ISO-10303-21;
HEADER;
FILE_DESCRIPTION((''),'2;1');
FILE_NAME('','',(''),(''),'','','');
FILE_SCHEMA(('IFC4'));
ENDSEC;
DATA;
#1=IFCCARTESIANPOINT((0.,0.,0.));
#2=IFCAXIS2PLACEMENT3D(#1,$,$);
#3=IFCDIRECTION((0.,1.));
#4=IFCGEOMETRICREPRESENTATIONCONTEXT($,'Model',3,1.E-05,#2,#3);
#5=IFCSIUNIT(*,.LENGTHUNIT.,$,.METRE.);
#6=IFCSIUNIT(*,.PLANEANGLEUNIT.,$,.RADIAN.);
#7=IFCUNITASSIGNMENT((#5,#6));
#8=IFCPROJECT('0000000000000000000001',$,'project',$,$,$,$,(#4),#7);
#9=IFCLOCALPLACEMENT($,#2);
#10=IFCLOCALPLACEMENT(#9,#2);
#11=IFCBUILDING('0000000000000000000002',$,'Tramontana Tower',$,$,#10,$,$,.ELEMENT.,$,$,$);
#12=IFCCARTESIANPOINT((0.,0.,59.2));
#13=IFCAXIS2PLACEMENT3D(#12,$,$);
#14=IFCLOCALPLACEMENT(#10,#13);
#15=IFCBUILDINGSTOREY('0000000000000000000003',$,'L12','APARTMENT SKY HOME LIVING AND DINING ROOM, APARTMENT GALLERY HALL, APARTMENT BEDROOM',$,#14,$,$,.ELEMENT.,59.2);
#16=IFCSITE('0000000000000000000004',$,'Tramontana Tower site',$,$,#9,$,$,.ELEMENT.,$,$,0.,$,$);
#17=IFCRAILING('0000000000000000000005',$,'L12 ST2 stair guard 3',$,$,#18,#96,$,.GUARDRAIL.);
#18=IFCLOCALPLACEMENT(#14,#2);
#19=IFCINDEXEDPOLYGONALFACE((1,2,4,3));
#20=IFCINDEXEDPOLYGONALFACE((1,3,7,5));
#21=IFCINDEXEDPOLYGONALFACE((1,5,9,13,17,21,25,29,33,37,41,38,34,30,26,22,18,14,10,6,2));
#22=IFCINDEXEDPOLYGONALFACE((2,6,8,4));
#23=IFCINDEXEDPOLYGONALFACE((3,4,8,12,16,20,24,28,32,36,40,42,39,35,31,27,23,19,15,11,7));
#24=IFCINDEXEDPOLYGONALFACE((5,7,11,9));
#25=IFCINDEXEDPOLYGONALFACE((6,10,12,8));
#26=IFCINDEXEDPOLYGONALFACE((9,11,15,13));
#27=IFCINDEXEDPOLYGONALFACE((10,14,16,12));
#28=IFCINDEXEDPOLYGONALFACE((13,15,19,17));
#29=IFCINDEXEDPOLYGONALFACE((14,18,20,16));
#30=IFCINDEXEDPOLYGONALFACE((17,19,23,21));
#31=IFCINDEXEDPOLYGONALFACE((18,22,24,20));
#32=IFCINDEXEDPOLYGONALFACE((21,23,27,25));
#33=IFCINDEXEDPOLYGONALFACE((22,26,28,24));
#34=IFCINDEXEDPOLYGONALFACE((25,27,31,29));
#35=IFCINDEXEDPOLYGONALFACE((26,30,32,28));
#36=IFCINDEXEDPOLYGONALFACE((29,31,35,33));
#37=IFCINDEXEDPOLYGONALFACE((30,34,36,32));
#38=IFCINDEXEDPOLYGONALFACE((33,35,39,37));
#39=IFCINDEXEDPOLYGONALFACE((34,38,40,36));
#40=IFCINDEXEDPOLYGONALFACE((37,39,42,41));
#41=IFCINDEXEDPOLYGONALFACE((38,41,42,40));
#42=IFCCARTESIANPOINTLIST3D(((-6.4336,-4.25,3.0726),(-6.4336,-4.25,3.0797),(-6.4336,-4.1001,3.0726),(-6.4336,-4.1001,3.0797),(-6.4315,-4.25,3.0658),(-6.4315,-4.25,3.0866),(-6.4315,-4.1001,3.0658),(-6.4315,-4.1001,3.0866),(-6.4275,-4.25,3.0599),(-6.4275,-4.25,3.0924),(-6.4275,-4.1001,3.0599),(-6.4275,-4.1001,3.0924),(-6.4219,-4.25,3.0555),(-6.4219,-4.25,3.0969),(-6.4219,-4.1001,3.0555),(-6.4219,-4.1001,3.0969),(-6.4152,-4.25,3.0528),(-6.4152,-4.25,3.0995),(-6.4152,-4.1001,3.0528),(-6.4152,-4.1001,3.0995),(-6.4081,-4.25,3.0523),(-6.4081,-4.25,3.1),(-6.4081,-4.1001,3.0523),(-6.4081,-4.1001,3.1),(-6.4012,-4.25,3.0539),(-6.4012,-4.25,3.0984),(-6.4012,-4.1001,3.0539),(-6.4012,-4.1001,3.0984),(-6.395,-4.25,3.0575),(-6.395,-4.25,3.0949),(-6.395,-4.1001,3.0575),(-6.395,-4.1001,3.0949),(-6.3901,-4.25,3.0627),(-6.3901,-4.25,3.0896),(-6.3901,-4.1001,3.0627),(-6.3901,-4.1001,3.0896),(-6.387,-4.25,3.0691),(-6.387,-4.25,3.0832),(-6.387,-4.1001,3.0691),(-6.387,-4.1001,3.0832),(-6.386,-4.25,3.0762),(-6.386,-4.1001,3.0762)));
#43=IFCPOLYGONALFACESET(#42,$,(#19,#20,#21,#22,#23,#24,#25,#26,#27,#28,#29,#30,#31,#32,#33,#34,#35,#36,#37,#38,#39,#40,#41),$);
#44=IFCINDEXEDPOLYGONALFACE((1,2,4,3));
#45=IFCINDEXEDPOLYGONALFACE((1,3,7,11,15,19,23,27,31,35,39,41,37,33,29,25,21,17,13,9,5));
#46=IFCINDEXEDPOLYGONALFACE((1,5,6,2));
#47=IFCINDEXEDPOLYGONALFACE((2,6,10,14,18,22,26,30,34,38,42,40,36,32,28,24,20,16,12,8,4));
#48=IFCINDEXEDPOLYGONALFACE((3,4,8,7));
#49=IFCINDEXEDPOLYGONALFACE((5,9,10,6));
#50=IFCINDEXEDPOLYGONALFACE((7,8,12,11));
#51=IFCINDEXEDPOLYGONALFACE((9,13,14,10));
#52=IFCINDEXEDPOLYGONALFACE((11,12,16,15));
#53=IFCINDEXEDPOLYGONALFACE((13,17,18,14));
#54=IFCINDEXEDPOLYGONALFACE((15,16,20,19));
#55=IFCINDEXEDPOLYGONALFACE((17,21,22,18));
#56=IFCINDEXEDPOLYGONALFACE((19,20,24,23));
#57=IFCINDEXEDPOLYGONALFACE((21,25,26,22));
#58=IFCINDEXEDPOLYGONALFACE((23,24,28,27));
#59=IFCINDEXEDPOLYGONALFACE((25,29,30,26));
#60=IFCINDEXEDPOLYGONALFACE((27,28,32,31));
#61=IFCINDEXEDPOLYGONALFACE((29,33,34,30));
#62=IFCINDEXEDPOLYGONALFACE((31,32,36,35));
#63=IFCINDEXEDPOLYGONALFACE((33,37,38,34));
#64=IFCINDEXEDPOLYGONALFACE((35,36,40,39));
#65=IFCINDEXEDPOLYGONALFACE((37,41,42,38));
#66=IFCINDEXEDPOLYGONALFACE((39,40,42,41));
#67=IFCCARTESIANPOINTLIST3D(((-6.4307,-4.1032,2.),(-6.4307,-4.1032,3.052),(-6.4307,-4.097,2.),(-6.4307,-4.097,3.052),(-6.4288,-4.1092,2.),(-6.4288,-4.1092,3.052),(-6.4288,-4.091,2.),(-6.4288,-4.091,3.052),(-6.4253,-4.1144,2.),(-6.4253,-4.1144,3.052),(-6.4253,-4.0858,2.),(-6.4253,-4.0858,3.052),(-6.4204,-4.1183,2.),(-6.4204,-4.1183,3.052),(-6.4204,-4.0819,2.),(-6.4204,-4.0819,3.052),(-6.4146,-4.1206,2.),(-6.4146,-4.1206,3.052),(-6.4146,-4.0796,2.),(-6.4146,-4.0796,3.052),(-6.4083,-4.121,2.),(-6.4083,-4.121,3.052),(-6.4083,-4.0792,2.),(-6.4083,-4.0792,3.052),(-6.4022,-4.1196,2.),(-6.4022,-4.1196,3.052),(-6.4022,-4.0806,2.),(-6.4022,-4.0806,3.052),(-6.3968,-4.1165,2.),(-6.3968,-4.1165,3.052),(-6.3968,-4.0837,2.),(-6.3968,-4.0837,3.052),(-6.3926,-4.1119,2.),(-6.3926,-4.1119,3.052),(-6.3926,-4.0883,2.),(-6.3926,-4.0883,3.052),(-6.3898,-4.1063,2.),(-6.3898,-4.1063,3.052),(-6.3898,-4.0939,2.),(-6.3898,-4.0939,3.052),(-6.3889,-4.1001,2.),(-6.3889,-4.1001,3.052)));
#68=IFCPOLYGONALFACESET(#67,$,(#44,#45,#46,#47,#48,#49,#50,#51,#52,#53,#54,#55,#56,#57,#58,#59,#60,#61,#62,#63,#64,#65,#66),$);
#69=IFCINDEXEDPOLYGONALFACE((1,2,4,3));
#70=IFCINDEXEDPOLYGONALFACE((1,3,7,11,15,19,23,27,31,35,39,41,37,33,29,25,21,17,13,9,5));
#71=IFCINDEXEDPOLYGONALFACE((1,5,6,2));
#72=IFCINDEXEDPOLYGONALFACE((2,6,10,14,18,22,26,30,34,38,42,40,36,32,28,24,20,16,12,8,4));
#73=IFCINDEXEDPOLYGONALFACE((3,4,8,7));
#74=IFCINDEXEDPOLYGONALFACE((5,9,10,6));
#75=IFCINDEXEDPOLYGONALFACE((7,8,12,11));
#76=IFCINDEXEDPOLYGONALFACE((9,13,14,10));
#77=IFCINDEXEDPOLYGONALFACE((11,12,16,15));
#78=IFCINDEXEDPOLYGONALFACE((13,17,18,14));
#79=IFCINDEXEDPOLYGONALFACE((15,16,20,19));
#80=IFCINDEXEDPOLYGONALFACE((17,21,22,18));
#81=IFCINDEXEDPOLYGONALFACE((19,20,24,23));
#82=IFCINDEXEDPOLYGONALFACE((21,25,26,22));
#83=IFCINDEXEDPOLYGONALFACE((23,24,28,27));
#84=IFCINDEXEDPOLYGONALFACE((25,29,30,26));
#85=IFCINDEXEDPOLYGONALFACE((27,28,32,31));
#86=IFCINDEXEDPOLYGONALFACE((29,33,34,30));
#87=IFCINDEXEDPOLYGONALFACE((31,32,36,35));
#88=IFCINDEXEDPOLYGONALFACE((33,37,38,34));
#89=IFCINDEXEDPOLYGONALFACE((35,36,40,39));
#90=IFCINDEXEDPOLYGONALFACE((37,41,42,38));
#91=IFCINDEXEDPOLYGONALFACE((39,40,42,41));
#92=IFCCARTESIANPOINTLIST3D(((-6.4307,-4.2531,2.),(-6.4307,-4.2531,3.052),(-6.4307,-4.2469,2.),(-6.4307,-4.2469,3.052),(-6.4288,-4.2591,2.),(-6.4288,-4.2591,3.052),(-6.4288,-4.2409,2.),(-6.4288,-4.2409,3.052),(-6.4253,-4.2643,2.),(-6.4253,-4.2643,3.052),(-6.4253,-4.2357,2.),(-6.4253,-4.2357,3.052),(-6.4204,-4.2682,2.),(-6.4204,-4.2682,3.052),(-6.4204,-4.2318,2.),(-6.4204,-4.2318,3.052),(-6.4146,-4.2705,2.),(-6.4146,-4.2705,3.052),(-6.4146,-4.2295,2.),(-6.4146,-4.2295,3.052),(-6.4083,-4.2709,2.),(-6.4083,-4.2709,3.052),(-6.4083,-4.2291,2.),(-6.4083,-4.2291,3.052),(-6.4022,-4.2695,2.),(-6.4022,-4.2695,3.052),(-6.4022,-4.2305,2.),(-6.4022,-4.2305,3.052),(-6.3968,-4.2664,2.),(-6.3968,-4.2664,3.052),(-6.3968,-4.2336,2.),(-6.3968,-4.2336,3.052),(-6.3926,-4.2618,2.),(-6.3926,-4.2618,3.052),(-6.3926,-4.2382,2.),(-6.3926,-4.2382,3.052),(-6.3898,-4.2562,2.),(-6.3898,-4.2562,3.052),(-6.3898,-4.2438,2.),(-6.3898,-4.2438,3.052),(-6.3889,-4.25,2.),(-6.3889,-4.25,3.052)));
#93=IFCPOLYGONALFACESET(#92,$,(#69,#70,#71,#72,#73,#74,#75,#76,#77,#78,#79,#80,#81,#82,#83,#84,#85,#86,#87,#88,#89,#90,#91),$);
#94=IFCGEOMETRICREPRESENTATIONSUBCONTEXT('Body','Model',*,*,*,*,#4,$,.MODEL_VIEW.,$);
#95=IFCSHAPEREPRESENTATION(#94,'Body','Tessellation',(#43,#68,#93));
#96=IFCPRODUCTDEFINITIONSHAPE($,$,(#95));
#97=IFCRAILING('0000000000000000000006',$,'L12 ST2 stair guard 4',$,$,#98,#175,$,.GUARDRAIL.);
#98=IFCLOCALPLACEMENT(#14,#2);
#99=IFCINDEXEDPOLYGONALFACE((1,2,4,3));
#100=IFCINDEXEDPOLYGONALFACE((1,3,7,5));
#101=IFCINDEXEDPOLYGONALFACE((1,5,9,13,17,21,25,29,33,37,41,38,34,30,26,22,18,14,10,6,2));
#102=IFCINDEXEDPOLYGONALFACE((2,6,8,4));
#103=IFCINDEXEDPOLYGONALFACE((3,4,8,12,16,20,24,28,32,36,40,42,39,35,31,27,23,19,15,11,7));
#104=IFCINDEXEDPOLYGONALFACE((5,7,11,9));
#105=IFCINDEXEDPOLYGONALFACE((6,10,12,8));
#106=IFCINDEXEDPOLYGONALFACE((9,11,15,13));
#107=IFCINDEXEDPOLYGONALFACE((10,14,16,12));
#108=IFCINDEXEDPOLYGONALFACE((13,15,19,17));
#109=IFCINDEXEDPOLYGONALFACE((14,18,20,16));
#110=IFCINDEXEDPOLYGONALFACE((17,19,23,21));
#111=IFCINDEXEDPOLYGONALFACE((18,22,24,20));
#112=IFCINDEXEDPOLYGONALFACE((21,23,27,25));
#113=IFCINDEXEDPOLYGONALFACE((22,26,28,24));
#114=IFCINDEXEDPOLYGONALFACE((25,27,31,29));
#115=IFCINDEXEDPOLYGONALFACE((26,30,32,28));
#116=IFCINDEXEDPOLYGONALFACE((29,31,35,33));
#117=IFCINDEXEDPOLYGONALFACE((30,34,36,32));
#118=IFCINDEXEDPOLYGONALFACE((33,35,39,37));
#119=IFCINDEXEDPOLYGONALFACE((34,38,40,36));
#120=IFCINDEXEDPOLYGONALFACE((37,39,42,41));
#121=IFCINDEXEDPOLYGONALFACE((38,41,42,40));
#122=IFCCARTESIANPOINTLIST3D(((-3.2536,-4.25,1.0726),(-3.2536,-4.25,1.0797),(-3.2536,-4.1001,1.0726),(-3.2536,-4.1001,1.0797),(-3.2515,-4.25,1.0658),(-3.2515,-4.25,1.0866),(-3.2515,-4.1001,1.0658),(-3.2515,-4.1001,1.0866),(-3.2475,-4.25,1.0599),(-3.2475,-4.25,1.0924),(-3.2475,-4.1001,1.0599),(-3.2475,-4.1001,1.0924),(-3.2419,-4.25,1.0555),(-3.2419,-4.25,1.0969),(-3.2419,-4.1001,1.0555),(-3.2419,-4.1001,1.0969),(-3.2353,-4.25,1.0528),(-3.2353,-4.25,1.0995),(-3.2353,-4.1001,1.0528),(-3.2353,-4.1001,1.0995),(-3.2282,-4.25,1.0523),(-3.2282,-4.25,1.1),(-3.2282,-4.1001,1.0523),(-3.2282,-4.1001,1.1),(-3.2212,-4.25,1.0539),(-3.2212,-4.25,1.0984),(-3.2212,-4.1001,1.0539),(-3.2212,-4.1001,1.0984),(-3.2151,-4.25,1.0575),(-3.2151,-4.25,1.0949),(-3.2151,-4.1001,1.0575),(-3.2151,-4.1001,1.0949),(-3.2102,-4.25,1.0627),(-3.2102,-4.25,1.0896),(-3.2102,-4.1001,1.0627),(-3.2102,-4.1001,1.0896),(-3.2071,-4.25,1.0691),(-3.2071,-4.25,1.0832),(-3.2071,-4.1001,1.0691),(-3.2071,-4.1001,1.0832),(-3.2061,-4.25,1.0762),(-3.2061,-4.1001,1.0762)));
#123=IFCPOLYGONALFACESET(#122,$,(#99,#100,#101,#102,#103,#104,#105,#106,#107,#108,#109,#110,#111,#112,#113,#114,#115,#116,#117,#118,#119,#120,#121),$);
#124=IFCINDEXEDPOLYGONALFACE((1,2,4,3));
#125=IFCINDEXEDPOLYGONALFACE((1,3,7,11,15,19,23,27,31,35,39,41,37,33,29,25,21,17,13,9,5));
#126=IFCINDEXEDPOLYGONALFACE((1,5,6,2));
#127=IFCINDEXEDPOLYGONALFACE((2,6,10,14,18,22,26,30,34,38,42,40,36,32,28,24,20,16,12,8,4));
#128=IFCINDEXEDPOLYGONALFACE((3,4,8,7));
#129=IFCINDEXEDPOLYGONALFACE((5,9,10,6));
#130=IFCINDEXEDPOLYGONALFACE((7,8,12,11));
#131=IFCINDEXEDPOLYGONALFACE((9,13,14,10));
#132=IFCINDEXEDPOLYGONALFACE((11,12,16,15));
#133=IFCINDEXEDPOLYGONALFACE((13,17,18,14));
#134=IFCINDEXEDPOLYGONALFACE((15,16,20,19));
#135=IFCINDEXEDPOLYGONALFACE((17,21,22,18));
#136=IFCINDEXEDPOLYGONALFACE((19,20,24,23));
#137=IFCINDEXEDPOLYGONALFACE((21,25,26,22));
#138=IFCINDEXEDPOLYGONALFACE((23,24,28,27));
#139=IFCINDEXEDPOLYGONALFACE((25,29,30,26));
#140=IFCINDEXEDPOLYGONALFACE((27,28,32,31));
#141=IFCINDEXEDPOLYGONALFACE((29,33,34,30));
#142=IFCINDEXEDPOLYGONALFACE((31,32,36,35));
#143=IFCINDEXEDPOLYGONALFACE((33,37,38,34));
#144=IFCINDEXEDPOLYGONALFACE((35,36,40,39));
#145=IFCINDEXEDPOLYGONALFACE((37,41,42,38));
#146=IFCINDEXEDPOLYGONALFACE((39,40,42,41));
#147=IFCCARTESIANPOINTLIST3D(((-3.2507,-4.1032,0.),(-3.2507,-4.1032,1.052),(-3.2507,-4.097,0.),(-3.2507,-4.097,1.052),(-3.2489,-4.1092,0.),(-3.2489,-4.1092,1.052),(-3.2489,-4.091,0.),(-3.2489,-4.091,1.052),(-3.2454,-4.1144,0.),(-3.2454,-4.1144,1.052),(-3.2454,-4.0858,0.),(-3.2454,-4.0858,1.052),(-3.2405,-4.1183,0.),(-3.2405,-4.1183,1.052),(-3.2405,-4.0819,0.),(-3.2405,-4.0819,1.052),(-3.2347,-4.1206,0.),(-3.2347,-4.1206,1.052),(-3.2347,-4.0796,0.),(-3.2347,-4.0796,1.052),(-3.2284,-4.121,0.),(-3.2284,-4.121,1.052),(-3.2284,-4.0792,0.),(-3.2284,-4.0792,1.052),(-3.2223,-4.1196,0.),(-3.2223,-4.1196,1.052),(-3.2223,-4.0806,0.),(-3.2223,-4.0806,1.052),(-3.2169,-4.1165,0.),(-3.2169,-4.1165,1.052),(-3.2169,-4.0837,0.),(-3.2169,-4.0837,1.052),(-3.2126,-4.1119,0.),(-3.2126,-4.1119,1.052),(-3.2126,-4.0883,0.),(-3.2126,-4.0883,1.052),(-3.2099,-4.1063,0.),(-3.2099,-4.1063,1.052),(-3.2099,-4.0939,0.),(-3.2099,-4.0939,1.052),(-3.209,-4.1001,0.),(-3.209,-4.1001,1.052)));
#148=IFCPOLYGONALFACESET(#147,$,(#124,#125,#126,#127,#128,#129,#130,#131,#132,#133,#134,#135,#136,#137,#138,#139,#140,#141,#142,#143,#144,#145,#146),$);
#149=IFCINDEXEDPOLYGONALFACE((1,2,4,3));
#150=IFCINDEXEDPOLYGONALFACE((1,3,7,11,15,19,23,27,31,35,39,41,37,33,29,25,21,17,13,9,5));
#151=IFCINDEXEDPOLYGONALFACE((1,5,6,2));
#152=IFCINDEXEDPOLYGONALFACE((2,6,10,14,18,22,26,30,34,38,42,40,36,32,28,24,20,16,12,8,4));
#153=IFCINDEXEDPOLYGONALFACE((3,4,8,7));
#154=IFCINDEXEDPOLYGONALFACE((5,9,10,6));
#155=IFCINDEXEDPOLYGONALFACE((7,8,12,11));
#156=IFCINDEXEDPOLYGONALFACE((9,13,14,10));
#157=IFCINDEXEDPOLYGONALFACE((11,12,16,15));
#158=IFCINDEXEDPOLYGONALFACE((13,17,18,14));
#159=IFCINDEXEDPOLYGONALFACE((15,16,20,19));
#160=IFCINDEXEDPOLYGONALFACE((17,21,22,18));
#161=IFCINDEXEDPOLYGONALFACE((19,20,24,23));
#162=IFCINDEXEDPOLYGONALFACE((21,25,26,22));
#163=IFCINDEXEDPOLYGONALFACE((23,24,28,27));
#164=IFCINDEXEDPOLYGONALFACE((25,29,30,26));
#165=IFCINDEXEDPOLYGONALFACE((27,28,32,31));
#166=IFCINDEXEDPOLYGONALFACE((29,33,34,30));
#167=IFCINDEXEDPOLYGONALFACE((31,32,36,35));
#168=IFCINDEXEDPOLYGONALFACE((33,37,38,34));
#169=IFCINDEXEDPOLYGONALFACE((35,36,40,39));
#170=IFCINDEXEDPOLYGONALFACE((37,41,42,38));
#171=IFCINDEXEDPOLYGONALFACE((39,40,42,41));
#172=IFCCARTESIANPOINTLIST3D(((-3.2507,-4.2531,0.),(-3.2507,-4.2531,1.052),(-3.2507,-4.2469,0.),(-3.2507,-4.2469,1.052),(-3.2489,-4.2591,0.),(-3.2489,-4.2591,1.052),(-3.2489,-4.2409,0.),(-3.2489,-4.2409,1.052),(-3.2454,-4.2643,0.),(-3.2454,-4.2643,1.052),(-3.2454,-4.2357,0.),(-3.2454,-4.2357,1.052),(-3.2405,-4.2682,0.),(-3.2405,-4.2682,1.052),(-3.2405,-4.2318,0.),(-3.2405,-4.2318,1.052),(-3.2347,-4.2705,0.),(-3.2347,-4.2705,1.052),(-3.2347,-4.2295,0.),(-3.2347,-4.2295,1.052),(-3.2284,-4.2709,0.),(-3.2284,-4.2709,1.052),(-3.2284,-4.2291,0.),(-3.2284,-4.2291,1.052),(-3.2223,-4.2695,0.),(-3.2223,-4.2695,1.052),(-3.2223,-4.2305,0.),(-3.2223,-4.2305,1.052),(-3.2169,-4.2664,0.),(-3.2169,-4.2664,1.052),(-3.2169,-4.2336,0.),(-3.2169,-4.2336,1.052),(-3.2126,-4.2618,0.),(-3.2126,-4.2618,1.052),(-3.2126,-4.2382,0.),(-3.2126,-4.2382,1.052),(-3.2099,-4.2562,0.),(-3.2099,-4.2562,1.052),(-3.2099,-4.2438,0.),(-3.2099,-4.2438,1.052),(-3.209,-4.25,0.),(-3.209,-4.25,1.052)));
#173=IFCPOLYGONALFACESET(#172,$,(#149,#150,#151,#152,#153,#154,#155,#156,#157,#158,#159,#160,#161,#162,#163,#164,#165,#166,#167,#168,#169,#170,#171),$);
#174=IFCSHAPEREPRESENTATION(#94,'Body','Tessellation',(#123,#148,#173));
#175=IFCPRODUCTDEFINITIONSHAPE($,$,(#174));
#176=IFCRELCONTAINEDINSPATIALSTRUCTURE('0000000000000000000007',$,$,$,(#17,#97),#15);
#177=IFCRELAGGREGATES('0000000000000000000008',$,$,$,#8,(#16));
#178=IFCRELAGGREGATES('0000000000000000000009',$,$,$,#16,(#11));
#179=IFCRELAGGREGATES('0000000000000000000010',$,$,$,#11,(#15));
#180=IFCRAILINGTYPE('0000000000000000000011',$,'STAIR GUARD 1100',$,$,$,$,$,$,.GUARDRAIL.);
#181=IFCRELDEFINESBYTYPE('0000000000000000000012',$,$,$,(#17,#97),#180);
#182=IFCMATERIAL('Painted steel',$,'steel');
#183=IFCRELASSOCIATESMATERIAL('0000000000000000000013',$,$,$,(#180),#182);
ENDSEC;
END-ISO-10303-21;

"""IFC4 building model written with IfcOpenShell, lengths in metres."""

from ifc_helpers import new_model, si_unit, direction, frame, origin, origin_2d, place, context, subcontext, project, spatial, circle, extrude, material, type_object, element, save


model = new_model("IFC4")

# Units and contexts
model_context = context("Model", 3, precision=1e-05, world=origin(), true_north=direction((0.0, 1.0)))
body_context = subcontext(model_context, "Body", "Model", "MODEL_VIEW")
ifc_project = project(units=[si_unit("LENGTHUNIT", "METRE"), si_unit("PLANEANGLEUNIT", "RADIAN")], contexts=[model_context])

# Site, building, storey
site_placement = place(None, origin())
site = spatial("IfcSite", under=ifc_project, at=site_placement, Name="Tramontana Tower site", CompositionType="ELEMENT", RefElevation=0.0)
building_placement = place(site_placement, origin())
building = spatial("IfcBuilding", under=site, at=building_placement, Name="Tramontana Tower", CompositionType="ELEMENT")
storey_placement = place(building_placement, frame((0.0, 0.0, 59.2)))
storey = spatial("IfcBuildingStorey", under=building, at=storey_placement, Name="L12", Description="APARTMENT SKY HOME LIVING AND DINING ROOM, APARTMENT GALLERY HALL, APARTMENT BEDROOM", CompositionType="ELEMENT", Elevation=59.2)

# Railings
ifc_material_1 = material(Name="Painted steel", Category="steel")
railing_type_1 = type_object("IfcRailingType", Name="STAIR GUARD 1100", PredefinedType="GUARDRAIL", material=ifc_material_1)
for number, where, name in (
    (1, (-6.4099, -4.1001, 2.0), "L12 ST2 stair guard 3"),
    (2, (-3.23, -4.1001, 0.0), "L12 ST2 stair guard 4"),
):
    element("IfcRailing", number, at=place(storey_placement, frame(where)), inside=storey, type_object=railing_type_1, Name=name, PredefinedType="GUARDRAIL", context=body_context, shape_type="SweptSolid", body=[
        extrude(circle(Radius=0.0239, at=origin_2d()), frame((0.0, 0.0, 1.0762), z_axis=(0.0, -1.0, 0.0), x_axis=(1.0, 0.0, 0.0)), (0.0, 0.0, 1.0), 0.1499),
        extrude(circle(Radius=0.021, at=origin_2d()), origin(), (0.0, 0.0, 1.0), 1.052),
        extrude(circle(Radius=0.021, at=origin_2d()), frame((0.0, -0.1499, 0.0)), (0.0, 0.0, 1.0), 1.052),
    ])

save(model, "model.ifc")
